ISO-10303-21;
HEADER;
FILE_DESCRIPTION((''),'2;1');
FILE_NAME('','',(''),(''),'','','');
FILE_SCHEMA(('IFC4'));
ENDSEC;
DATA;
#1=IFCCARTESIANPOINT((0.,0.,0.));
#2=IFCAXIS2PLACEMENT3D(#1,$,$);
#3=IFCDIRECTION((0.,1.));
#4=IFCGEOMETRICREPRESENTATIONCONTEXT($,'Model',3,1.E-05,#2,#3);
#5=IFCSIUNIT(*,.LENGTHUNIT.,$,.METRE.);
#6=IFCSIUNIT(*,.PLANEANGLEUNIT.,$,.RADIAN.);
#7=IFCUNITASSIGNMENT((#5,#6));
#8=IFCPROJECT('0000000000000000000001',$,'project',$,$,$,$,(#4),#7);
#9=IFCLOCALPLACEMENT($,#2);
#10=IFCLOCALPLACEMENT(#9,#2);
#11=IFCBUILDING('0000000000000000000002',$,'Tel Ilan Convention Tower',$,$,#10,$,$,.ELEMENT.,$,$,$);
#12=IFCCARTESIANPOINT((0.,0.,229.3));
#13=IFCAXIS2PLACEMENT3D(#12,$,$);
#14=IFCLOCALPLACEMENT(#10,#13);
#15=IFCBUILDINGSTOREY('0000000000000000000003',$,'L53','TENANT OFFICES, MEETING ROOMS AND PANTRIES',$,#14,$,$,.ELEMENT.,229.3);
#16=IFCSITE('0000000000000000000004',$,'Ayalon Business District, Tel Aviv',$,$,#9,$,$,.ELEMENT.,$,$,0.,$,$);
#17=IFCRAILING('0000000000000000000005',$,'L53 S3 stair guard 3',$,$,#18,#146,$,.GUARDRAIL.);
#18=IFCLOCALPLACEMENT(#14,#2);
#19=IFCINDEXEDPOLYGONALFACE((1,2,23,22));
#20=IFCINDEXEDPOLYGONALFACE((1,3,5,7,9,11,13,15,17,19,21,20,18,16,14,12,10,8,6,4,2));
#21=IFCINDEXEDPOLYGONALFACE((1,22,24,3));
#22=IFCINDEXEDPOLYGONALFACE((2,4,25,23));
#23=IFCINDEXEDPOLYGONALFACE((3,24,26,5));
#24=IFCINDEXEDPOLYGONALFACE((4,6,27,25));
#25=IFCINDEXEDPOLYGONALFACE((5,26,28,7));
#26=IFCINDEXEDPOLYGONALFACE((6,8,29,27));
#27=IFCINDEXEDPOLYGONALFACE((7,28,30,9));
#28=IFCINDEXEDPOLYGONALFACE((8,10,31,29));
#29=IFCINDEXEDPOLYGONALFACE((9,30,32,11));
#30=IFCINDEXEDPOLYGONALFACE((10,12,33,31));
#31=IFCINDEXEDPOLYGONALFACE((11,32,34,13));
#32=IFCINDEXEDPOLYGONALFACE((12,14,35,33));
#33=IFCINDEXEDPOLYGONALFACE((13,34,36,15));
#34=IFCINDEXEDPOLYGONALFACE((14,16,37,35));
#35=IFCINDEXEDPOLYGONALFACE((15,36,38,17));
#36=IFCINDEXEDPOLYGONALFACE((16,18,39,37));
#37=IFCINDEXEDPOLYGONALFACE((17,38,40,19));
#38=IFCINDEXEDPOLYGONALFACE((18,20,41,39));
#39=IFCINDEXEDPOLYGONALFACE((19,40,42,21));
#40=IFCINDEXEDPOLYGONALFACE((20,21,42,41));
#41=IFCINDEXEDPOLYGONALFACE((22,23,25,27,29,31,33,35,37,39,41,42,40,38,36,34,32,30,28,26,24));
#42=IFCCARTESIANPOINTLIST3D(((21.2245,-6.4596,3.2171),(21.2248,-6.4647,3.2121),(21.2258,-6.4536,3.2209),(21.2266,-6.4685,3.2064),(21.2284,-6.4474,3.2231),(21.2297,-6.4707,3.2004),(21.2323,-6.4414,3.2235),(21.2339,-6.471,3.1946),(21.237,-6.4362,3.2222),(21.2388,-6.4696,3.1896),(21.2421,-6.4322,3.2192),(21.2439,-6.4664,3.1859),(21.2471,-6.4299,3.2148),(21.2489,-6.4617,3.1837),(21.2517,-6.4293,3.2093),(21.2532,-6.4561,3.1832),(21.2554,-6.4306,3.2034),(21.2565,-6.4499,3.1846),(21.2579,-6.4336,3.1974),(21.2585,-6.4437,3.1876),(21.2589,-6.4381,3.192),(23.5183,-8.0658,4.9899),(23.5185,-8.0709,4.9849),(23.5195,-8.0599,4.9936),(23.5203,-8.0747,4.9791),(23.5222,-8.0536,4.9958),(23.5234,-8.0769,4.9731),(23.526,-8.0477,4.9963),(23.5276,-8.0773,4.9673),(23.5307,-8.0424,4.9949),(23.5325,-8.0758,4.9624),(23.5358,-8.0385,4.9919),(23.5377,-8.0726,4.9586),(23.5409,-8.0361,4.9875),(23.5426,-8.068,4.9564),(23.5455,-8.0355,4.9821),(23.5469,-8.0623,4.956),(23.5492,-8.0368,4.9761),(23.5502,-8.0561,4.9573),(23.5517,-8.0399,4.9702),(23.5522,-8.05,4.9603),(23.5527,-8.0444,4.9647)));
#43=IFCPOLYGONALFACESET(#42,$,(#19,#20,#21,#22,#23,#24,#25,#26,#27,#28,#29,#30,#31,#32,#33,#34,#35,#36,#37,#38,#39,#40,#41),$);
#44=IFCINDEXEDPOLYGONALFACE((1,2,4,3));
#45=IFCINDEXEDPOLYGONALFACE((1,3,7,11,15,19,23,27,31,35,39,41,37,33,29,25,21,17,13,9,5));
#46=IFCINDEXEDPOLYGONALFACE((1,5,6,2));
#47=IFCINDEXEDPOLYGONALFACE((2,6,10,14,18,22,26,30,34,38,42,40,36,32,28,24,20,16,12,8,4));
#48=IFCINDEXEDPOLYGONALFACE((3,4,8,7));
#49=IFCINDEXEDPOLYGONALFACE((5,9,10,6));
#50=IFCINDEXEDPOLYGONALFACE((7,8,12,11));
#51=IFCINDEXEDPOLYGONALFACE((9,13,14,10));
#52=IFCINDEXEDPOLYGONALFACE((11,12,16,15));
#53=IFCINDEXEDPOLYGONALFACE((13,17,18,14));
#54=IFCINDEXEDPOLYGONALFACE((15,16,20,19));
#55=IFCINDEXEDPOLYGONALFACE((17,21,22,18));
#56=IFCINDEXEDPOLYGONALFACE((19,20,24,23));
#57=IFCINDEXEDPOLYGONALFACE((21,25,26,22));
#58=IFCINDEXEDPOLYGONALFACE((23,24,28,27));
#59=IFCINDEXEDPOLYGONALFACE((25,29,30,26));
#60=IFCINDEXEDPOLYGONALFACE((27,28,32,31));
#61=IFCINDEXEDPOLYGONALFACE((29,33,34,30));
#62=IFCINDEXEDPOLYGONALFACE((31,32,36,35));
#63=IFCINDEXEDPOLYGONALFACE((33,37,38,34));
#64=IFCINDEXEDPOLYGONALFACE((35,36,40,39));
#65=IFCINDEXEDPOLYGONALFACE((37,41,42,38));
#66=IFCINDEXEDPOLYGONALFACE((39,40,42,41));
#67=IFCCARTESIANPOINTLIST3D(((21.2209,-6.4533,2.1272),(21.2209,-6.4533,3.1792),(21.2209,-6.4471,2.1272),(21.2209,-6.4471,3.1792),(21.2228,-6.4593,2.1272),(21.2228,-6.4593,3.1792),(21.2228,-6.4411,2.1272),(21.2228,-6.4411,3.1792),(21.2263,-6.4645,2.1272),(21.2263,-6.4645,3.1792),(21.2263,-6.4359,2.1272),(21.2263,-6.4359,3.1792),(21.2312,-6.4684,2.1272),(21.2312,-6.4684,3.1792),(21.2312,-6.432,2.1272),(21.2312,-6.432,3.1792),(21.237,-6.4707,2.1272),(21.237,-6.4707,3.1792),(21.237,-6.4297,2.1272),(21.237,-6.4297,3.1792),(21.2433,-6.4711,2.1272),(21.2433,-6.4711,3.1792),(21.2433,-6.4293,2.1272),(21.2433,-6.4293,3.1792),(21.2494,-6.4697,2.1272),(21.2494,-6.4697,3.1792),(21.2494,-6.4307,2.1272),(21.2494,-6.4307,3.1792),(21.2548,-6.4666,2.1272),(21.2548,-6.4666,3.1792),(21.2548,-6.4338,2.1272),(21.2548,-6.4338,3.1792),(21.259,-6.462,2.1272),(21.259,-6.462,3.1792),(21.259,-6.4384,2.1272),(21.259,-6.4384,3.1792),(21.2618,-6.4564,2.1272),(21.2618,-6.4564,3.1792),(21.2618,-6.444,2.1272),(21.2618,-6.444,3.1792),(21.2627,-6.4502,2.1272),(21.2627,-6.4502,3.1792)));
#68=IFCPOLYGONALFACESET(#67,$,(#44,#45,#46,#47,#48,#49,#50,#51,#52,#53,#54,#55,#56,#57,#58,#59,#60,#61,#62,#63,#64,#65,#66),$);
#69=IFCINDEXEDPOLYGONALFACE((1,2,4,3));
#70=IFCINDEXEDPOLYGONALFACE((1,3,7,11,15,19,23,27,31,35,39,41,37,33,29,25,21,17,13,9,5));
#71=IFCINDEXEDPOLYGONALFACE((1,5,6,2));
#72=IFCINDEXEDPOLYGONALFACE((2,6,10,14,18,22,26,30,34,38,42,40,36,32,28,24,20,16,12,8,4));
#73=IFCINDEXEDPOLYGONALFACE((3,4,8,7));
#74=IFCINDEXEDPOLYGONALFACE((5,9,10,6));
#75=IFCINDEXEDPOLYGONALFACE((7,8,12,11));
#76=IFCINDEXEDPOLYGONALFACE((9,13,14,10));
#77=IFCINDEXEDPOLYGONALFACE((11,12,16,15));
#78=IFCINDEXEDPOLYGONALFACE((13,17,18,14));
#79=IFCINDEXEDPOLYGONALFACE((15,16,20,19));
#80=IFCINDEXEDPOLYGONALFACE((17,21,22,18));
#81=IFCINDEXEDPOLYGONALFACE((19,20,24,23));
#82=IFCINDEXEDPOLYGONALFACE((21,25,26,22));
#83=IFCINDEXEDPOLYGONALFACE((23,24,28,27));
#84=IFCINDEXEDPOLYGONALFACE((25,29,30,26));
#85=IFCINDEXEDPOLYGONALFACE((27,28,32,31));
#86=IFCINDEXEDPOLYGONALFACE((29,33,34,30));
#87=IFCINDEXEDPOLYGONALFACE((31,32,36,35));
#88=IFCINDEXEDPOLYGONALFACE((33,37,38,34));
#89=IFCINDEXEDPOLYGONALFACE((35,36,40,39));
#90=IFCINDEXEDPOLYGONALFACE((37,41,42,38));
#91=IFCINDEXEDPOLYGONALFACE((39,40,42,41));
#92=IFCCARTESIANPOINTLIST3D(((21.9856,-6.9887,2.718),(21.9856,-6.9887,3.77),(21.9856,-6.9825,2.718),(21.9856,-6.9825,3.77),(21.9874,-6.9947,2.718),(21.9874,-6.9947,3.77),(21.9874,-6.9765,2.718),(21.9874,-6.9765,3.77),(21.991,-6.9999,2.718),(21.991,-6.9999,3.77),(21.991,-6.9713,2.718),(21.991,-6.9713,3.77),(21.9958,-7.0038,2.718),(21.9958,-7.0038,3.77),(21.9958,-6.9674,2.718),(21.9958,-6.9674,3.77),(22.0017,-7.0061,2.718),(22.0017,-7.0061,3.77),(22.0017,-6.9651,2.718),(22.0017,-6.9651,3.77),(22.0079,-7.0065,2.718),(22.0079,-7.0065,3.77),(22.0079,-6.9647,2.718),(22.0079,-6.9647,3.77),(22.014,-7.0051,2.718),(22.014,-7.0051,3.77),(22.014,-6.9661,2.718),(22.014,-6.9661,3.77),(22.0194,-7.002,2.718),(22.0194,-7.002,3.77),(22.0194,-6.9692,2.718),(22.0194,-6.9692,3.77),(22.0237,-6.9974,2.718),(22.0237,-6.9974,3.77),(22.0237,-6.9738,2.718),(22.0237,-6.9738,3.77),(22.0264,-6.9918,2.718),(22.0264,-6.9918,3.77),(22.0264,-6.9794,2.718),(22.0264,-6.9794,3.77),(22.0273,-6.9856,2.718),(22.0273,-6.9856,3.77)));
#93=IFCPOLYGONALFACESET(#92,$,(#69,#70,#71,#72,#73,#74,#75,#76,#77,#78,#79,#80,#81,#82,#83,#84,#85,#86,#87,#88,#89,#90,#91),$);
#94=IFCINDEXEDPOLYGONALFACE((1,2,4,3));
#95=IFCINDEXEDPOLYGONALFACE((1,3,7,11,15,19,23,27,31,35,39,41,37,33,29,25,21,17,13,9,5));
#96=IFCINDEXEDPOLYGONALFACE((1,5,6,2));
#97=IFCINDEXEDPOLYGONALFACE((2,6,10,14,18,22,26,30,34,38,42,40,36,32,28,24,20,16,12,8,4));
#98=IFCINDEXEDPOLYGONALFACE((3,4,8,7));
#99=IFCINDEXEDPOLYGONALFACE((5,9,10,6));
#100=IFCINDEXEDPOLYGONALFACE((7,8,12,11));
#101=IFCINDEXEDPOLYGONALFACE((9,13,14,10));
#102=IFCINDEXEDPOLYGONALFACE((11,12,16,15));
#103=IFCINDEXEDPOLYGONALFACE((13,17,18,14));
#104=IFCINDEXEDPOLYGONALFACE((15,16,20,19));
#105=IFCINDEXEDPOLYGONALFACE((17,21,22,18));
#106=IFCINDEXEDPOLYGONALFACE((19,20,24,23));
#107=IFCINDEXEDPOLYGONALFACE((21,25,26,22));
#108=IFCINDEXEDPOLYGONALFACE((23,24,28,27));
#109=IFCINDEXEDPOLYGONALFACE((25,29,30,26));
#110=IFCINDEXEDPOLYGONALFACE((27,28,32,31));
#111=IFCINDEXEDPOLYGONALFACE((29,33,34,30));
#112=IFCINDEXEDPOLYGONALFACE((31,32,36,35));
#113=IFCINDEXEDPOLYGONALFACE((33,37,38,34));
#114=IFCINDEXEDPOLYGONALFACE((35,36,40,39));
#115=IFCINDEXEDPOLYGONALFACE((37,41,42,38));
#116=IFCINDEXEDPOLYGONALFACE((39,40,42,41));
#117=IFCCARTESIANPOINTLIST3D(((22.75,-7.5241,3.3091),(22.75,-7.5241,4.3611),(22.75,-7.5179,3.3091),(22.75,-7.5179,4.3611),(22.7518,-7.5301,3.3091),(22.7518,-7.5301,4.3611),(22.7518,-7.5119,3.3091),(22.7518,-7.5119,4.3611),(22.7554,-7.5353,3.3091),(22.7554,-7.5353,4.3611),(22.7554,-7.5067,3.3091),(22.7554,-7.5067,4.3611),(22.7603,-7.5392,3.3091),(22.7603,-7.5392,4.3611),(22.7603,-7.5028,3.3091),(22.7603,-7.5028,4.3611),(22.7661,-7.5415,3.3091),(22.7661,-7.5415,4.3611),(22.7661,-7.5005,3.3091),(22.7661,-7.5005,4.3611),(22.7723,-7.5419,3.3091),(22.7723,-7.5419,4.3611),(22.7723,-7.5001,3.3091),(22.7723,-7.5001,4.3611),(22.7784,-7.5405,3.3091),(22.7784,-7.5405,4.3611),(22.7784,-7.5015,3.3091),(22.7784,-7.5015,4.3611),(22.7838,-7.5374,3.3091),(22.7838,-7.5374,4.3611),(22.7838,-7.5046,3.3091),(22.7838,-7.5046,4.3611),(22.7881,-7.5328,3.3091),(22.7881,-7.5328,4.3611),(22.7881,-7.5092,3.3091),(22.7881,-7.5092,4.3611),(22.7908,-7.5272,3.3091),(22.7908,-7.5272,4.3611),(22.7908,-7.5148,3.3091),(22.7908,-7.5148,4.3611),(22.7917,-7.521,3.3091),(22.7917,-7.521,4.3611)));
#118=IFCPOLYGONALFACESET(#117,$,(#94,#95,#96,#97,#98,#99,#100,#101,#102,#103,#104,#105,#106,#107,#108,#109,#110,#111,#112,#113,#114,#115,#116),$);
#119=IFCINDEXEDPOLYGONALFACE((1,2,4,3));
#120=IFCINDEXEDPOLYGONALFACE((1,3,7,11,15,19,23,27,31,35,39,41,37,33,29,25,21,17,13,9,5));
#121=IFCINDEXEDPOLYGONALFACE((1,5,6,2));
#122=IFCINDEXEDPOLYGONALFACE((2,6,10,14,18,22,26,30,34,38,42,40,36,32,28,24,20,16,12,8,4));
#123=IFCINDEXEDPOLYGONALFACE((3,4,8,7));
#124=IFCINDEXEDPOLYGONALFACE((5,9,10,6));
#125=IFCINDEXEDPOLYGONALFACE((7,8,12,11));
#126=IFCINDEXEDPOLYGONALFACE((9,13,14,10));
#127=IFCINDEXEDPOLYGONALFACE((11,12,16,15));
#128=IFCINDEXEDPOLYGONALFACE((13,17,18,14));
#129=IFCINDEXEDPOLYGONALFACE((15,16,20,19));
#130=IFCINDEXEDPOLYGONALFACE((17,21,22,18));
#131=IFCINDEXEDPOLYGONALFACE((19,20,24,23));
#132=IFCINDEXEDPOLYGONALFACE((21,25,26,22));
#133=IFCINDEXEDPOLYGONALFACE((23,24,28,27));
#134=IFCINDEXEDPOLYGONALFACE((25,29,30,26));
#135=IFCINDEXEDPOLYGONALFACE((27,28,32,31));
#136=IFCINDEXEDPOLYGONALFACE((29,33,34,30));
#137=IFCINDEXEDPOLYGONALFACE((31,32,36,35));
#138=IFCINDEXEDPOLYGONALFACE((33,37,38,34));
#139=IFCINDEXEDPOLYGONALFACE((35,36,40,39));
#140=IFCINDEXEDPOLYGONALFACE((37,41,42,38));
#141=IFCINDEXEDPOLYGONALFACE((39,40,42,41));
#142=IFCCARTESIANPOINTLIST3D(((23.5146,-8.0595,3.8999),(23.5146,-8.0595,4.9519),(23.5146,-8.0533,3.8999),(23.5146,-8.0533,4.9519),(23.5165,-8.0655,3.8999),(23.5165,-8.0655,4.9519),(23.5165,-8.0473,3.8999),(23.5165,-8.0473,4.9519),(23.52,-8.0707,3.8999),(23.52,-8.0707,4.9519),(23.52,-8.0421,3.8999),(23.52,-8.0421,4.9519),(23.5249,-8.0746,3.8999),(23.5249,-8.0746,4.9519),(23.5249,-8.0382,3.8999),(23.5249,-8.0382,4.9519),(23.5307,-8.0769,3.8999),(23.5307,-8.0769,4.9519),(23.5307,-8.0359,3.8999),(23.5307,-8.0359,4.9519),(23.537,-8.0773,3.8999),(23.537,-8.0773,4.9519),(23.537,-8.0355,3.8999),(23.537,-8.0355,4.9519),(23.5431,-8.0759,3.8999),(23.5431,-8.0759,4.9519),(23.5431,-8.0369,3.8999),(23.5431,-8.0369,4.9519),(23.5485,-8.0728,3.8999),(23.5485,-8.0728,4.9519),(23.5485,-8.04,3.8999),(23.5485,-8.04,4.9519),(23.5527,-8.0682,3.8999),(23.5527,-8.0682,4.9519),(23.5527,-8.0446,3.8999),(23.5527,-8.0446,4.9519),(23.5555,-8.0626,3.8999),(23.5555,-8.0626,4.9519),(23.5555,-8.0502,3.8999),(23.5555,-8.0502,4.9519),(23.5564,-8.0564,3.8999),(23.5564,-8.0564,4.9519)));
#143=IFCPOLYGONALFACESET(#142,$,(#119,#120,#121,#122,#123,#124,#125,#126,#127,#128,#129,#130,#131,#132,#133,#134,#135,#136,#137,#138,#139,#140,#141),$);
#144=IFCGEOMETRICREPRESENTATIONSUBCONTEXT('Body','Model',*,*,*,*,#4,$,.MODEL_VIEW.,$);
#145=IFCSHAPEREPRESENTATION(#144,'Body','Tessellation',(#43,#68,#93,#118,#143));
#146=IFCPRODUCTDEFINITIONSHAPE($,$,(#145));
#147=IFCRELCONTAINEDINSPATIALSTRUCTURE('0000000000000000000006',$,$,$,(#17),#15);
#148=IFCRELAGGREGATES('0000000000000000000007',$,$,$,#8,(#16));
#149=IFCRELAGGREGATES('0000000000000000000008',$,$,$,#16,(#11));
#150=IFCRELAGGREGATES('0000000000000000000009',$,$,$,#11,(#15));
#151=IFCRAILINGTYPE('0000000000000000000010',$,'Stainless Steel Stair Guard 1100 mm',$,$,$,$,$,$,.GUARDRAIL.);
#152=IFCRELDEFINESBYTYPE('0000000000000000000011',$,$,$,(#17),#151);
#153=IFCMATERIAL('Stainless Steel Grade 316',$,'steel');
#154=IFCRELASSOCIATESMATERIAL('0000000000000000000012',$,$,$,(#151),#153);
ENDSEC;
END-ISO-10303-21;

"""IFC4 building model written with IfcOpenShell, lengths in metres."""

from ifc_helpers import new_model, si_unit, direction, frame, origin, origin_2d, place, context, subcontext, project, spatial, circle, extrude, material, type_object, element, save


model = new_model("IFC4")

# Units and contexts
model_context = context("Model", 3, precision=1e-05, world=origin(), true_north=direction((0.0, 1.0)))
body_context = subcontext(model_context, "Body", "Model", "MODEL_VIEW")
ifc_project = project(units=[si_unit("LENGTHUNIT", "METRE"), si_unit("PLANEANGLEUNIT", "RADIAN")], contexts=[model_context])

# Site, building, storey
site_placement = place(None, origin())
site = spatial("IfcSite", under=ifc_project, at=site_placement, Name="Ayalon Business District, Tel Aviv", CompositionType="ELEMENT", RefElevation=0.0)
building_placement = place(site_placement, origin())
building = spatial("IfcBuilding", under=site, at=building_placement, Name="Tel Ilan Convention Tower", CompositionType="ELEMENT")
storey_placement = place(building_placement, frame((0.0, 0.0, 229.3)))
storey = spatial("IfcBuildingStorey", under=building, at=storey_placement, Name="L53", Description="TENANT OFFICES, MEETING ROOMS AND PANTRIES", CompositionType="ELEMENT", Elevation=229.3)

# Railing
ifc_material_1 = material(Name="Stainless Steel Grade 316", Category="steel")
railing_type_1 = type_object("IfcRailingType", Name="Stainless Steel Stair Guard 1100 mm", PredefinedType="GUARDRAIL", material=ifc_material_1)
railing_1_placement = place(storey_placement, frame((21.2417, -6.4502, 2.1272)))
element("IfcRailing", 1, at=railing_1_placement, inside=storey, type_object=railing_type_1, Name="L53 S3 stair guard 3", PredefinedType="GUARDRAIL", context=body_context, shape_type="SweptSolid", body=[
    extrude(circle(Radius=0.0239, at=origin_2d()), frame((0.0, 0.0, 1.0762), z_axis=(0.692098, -0.484653, 0.534894), x_axis=(0.573609, 0.81913, 0.0)), (0.0, 0.0, 1.0), 3.3142),
    extrude(circle(Radius=0.021, at=origin_2d()), origin(), (0.0, 0.0, 1.0), 1.052),
    extrude(circle(Radius=0.021, at=origin_2d()), frame((0.7646, -0.5354, 0.5908)), (0.0, 0.0, 1.0), 1.052),
    extrude(circle(Radius=0.021, at=origin_2d()), frame((1.5291, -1.0708, 1.1819)), (0.0, 0.0, 1.0), 1.052),
    extrude(circle(Radius=0.021, at=origin_2d()), frame((2.2937, -1.6062, 1.7727)), (0.0, 0.0, 1.0), 1.052),
])

save(model, "model.ifc")
